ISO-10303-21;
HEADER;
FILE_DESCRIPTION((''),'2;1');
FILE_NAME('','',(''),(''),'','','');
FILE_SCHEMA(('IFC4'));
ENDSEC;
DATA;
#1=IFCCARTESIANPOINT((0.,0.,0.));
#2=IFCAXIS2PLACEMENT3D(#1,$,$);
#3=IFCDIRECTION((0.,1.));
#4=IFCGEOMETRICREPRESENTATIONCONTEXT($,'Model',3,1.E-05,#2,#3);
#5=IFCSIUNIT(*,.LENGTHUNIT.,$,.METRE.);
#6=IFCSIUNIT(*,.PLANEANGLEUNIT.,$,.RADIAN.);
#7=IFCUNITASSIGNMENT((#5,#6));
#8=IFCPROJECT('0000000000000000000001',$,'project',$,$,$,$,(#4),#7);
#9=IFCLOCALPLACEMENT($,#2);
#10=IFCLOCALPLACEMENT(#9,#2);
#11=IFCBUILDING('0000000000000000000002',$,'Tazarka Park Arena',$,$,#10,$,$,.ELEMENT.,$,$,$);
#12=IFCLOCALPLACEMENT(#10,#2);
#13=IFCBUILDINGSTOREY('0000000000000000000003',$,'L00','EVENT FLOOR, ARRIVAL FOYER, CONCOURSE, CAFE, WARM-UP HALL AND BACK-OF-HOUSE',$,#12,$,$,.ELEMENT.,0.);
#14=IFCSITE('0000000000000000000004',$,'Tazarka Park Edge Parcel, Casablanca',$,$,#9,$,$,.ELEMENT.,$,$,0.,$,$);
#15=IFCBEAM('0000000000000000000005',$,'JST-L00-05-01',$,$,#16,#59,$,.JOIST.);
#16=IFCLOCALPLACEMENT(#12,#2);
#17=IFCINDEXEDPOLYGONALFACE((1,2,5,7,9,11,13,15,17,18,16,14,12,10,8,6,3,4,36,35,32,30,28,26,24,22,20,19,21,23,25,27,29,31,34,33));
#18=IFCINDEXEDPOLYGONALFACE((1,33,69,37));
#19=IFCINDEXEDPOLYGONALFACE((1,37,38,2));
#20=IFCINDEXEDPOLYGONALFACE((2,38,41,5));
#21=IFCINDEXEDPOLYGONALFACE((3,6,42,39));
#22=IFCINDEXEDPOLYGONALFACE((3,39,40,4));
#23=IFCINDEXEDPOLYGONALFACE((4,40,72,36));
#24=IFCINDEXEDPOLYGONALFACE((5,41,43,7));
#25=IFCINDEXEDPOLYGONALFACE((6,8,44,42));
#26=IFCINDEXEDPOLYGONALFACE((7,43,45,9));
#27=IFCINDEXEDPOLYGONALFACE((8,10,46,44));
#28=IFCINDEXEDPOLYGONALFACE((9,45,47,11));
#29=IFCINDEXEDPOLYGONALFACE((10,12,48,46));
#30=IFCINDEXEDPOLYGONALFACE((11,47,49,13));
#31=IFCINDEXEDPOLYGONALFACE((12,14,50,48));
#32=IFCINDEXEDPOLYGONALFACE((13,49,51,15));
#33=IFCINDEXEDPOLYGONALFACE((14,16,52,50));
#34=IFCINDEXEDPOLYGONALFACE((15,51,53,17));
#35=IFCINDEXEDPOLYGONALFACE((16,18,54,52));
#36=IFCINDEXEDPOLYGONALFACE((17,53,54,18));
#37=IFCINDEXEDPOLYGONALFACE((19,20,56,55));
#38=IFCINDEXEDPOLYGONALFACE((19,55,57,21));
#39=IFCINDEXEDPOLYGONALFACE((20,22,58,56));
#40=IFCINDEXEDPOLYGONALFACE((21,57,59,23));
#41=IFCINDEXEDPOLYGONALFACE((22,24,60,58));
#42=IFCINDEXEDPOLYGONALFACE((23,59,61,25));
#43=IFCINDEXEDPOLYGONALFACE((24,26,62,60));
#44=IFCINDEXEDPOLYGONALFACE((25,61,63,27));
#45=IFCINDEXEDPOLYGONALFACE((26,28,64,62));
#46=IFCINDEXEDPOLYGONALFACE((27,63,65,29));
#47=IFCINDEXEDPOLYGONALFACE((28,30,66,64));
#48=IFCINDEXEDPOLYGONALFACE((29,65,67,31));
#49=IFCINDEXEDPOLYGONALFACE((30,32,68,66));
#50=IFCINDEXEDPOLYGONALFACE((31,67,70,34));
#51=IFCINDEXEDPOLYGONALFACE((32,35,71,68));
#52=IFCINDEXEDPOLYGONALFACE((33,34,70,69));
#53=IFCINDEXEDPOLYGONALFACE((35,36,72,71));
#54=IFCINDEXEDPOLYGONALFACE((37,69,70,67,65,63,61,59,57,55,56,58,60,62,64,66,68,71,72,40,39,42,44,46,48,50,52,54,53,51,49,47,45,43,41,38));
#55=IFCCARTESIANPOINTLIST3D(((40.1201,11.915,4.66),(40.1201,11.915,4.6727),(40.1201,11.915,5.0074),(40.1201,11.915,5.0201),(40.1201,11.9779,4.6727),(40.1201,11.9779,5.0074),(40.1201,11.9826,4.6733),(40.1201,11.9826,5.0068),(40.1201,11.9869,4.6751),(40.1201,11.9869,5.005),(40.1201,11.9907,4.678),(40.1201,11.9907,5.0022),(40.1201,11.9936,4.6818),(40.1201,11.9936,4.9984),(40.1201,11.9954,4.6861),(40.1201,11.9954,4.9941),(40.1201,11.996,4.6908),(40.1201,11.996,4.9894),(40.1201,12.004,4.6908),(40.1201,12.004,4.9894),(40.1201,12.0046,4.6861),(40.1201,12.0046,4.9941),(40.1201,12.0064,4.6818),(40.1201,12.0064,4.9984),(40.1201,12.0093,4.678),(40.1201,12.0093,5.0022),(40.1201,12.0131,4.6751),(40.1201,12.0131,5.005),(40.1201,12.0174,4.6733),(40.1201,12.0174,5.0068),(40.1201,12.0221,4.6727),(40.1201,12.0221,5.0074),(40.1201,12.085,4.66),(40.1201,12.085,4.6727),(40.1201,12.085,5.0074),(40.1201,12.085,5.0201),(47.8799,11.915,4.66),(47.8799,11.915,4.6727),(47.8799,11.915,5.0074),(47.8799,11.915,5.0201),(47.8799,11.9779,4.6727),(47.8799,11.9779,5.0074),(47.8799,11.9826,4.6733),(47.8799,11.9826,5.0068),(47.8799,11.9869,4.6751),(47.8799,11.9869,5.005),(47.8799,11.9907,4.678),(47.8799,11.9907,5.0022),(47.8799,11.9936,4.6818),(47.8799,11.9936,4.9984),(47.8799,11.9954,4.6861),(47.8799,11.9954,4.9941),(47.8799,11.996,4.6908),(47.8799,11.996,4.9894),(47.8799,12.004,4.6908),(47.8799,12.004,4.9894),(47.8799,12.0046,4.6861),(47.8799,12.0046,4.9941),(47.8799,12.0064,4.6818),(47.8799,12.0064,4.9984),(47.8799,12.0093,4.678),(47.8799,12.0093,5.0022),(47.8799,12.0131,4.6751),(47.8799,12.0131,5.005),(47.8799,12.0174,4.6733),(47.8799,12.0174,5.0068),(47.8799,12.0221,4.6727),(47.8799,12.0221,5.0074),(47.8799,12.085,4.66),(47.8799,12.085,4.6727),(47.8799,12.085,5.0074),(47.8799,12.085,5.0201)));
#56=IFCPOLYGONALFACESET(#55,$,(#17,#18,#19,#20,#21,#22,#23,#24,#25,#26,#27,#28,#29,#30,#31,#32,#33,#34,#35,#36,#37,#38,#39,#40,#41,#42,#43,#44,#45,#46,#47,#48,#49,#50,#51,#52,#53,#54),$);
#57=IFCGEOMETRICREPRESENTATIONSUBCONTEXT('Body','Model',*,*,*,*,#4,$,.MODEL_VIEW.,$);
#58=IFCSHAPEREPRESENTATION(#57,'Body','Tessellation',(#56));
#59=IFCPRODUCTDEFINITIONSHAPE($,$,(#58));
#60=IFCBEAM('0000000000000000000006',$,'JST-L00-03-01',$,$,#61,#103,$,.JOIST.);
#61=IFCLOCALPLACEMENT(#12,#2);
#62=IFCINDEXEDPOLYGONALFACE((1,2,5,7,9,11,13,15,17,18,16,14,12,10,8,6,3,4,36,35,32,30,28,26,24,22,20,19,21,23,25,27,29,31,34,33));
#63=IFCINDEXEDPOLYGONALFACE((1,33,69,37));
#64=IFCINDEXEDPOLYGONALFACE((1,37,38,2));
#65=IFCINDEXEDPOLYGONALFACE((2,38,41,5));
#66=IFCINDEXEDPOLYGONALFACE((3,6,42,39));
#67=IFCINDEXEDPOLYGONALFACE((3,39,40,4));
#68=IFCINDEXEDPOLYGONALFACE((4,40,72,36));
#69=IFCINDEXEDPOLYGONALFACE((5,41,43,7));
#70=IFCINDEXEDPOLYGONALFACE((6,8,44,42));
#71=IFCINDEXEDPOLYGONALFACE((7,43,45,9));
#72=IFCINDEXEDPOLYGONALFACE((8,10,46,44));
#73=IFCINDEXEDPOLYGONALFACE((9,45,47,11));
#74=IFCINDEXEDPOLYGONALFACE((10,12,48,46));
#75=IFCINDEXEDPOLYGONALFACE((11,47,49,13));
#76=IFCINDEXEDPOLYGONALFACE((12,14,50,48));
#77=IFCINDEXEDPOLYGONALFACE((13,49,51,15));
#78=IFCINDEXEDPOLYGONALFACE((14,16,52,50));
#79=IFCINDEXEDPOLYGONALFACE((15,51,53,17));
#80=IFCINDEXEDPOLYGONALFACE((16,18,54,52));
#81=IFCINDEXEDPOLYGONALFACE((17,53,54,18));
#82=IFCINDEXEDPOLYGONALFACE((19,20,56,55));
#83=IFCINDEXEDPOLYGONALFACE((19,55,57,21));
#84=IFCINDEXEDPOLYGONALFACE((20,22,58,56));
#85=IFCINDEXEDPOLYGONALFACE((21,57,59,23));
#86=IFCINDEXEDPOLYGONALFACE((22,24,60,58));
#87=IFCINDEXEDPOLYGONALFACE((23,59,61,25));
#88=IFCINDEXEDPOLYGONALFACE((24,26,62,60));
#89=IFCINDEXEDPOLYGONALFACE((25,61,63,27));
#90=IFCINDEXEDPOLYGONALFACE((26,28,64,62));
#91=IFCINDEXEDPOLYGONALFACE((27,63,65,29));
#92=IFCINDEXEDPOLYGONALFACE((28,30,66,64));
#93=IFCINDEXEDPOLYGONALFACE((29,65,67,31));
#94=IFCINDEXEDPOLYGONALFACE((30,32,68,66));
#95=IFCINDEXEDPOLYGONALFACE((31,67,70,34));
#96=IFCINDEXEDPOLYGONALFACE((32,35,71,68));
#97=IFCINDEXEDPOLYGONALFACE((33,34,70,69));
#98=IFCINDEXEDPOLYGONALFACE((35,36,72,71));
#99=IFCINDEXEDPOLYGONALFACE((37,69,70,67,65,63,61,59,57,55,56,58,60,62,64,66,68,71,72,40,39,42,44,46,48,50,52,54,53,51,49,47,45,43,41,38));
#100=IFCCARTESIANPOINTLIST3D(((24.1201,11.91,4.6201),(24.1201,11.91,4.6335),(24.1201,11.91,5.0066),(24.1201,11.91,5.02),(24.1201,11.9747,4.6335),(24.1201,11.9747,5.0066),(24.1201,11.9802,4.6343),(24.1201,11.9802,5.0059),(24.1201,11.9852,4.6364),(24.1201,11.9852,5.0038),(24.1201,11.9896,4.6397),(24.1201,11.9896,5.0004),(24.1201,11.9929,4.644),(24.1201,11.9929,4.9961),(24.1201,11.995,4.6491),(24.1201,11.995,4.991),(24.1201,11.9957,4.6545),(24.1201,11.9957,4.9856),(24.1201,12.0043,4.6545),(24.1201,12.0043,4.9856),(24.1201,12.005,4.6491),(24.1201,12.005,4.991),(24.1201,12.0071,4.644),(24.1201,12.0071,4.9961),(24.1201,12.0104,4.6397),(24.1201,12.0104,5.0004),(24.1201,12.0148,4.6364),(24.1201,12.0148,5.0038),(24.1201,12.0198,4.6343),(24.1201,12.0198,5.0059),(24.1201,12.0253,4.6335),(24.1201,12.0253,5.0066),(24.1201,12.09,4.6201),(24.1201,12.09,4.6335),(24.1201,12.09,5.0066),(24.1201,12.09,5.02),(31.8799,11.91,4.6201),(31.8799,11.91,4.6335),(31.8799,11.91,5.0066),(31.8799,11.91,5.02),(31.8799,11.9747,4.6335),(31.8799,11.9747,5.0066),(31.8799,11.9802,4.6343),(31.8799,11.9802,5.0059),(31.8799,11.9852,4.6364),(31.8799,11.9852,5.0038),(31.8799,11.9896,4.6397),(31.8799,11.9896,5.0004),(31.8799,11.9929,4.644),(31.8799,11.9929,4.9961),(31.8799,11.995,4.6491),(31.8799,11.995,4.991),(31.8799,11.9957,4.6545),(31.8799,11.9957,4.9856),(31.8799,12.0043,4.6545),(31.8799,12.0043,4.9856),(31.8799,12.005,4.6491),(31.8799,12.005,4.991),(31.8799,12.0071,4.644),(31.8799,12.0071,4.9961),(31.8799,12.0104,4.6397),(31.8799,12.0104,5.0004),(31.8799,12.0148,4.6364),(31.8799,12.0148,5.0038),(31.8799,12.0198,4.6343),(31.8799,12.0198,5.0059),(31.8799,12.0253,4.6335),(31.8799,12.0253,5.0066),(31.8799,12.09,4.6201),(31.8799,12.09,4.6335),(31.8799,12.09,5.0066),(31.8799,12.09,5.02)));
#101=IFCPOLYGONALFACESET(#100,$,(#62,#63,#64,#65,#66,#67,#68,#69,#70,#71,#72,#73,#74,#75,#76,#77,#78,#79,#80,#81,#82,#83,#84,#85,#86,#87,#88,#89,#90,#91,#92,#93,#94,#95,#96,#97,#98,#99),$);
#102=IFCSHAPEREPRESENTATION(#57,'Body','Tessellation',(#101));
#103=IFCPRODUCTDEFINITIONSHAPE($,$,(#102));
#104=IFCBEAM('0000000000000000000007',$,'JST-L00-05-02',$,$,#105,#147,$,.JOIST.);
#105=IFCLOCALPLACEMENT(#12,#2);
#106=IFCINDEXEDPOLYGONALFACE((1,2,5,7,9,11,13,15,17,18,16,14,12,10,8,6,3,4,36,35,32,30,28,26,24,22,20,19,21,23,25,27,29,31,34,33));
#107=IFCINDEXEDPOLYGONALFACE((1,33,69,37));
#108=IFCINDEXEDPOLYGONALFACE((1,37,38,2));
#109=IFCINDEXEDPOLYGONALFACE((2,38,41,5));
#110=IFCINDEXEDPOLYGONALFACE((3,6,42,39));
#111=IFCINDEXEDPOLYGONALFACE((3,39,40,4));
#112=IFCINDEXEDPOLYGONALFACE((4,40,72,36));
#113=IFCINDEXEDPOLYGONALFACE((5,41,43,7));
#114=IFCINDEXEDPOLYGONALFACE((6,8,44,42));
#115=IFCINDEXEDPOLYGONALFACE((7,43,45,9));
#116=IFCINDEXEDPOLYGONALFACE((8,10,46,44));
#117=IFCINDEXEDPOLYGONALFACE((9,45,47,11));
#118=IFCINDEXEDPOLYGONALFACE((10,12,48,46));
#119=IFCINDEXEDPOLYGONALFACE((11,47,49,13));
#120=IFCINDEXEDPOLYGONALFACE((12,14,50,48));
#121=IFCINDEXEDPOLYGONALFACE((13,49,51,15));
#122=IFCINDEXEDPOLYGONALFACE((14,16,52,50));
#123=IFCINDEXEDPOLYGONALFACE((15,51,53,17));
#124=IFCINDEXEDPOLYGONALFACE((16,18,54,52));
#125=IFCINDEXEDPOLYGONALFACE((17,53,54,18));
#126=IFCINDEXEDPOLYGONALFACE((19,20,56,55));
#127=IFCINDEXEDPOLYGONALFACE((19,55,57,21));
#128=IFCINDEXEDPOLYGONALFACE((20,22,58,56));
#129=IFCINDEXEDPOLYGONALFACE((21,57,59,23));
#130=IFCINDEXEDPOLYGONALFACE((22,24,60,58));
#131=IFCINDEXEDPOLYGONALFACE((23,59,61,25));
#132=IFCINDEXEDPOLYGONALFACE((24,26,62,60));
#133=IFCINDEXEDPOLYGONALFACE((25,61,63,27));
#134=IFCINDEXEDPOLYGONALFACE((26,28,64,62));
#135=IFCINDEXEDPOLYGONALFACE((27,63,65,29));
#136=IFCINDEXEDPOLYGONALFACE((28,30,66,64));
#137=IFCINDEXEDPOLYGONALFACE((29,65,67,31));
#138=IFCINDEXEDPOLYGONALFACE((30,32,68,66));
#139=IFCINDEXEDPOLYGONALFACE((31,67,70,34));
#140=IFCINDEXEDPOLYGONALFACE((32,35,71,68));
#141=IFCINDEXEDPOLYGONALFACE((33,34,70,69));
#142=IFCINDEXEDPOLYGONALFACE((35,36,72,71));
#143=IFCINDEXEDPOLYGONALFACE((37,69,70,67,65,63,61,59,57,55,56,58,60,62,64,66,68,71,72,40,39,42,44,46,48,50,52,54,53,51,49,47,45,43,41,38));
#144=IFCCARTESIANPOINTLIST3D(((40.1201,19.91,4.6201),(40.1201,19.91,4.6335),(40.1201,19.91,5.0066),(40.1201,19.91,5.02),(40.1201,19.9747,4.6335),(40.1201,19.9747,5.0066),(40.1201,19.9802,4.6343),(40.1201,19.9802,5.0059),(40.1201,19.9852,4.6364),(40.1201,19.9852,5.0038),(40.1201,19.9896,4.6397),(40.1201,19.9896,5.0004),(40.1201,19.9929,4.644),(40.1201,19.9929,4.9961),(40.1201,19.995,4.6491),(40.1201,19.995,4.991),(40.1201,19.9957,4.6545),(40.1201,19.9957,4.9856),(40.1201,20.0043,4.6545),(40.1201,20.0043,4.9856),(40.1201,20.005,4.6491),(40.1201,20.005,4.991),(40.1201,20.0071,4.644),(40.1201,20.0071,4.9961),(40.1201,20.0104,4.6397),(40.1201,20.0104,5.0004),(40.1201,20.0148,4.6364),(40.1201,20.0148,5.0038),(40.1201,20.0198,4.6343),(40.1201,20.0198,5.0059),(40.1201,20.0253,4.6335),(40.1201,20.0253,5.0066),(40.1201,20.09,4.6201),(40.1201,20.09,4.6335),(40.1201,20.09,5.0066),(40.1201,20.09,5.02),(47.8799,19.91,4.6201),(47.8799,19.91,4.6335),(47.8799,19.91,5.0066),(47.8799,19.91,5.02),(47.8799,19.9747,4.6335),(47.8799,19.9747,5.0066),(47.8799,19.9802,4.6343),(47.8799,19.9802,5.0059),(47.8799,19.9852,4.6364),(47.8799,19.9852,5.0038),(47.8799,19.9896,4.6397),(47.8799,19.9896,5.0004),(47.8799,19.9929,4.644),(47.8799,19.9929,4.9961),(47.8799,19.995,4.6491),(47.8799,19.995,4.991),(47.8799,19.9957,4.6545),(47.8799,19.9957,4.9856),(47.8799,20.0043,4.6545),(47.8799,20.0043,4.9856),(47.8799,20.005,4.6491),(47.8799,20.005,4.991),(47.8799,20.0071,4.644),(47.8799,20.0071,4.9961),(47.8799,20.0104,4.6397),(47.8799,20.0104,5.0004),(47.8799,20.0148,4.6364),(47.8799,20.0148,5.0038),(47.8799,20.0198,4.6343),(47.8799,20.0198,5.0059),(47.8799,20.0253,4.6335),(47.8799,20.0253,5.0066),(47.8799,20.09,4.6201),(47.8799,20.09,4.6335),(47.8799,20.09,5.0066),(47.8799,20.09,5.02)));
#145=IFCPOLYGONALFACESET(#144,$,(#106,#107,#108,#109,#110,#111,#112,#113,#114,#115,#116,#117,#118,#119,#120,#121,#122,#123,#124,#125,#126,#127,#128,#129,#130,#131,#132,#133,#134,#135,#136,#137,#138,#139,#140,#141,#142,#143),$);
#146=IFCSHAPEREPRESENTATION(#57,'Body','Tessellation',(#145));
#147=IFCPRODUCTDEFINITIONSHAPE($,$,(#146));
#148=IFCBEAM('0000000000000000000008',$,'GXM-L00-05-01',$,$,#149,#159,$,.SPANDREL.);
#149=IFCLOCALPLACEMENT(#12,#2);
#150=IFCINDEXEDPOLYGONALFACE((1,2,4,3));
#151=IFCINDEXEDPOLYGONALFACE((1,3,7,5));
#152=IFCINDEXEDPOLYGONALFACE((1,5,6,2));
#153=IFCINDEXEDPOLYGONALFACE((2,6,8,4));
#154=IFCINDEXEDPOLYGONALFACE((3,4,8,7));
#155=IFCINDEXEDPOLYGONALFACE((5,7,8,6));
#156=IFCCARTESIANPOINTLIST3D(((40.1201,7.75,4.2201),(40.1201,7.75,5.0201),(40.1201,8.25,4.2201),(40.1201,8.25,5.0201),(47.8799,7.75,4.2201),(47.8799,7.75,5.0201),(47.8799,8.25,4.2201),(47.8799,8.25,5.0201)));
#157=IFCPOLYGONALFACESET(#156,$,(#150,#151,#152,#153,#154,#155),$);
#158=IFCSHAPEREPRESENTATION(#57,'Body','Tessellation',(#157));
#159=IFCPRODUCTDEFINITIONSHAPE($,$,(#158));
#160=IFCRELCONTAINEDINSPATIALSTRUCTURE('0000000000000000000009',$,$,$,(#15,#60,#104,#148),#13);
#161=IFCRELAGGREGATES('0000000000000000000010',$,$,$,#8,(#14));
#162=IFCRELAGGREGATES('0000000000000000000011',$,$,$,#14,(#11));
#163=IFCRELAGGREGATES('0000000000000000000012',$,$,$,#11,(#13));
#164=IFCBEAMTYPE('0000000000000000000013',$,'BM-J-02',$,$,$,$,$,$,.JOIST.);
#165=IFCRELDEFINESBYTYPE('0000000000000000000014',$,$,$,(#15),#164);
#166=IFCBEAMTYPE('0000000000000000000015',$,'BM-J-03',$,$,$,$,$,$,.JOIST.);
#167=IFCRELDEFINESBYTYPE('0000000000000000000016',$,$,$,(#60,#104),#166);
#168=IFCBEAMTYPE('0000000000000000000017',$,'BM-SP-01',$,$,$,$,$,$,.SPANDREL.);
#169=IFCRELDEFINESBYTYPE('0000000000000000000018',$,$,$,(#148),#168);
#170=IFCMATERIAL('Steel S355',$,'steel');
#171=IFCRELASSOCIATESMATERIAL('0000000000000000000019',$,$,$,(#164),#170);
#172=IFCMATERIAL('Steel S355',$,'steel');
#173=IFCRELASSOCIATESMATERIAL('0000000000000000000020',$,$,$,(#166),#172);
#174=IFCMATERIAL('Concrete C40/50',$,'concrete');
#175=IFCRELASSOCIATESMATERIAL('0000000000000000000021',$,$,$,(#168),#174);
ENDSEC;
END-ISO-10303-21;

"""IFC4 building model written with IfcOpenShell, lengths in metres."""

from ifc_helpers import new_model, si_unit, direction, frame, origin, origin_2d, place, context, subcontext, project, spatial, rectangle, i_section, extrude, material, material_profile, profile_set, type_object, element, save


model = new_model("IFC4")

# Units and contexts
model_context = context("Model", 3, precision=1e-05, world=origin(), true_north=direction((0.0, 1.0)))
body_context = subcontext(model_context, "Body", "Model", "MODEL_VIEW")
ifc_project = project(units=[si_unit("LENGTHUNIT", "METRE"), si_unit("PLANEANGLEUNIT", "RADIAN")], contexts=[model_context])

# Site, building, storey
site_placement = place(None, origin())
site = spatial("IfcSite", under=ifc_project, at=site_placement, Name="Tazarka Park Edge Parcel, Casablanca", CompositionType="ELEMENT", RefElevation=0.0)
building_placement = place(site_placement, origin())
building = spatial("IfcBuilding", under=site, at=building_placement, Name="Tazarka Park Arena", CompositionType="ELEMENT")
storey_placement = place(building_placement, origin())
storey = spatial("IfcBuildingStorey", under=building, at=storey_placement, Name="L00", Description="EVENT FLOOR, ARRIVAL FOYER, CONCOURSE, CAFE, WARM-UP HALL AND BACK-OF-HOUSE", CompositionType="ELEMENT", Elevation=0.0)

# Beams
ifc_material_1 = material(Name="Steel S355", Category="steel")
ifc_material_profile_1 = material_profile(ifc_material_1, i_section(OverallWidth=0.1699, OverallDepth=0.3601, WebThickness=0.0081, FlangeThickness=0.0127, FilletRadius=0.0181, at=origin_2d()), Name="Steel S355")
ifc_profile_set_1 = profile_set([ifc_material_profile_1], Name="Steel S355")
beam_type_1 = type_object("IfcBeamType", Name="BM-J-02", PredefinedType="JOIST", material=ifc_profile_set_1)
for number, where, z_axis, x_axis, name in (
    (1, (40.1201, 12.0, 4.8401), (1.0, 0.0, 0.0), (0.0, 1.0, 0.0), "JST-L00-05-01"),
):
    element("IfcBeam", number, at=place(storey_placement, frame(where, z_axis=z_axis, x_axis=x_axis)), inside=storey, type_object=beam_type_1, Name=name, PredefinedType="JOIST", context=body_context, shape_type="SweptSolid", body=[
        extrude(i_section(OverallWidth=0.1699, OverallDepth=0.3601, WebThickness=0.0081, FlangeThickness=0.0127, FilletRadius=0.0181, at=origin_2d()), origin(), (0.0, 0.0, 1.0), 7.7598),
    ])
ifc_material_2 = material(Name="Steel S355", Category="steel")
ifc_material_profile_2 = material_profile(ifc_material_2, i_section(OverallWidth=0.1799, OverallDepth=0.3999, WebThickness=0.0085, FlangeThickness=0.0134, FilletRadius=0.021, at=origin_2d()), Name="Steel S355")
ifc_profile_set_2 = profile_set([ifc_material_profile_2], Name="Steel S355")
beam_type_2 = type_object("IfcBeamType", Name="BM-J-03", PredefinedType="JOIST", material=ifc_profile_set_2)
for number, where, z_axis, x_axis, name in (
    (2, (24.1201, 12.0, 4.8201), (1.0, 0.0, 0.0), (0.0, 1.0, 0.0), "JST-L00-03-01"),
    (3, (40.1201, 20.0, 4.8201), (1.0, 0.0, 0.0), (0.0, 1.0, 0.0), "JST-L00-05-02"),
):
    element("IfcBeam", number, at=place(storey_placement, frame(where, z_axis=z_axis, x_axis=x_axis)), inside=storey, type_object=beam_type_2, Name=name, PredefinedType="JOIST", context=body_context, shape_type="SweptSolid", body=[
        extrude(i_section(OverallWidth=0.1799, OverallDepth=0.3999, WebThickness=0.0085, FlangeThickness=0.0134, FilletRadius=0.021, at=origin_2d()), origin(), (0.0, 0.0, 1.0), 7.7598),
    ])
ifc_material_3 = material(Name="Concrete C40/50", Category="concrete")
ifc_material_profile_3 = material_profile(ifc_material_3, rectangle(XDim=0.5, YDim=0.8, at=origin_2d()), Name="Concrete C40/50")
ifc_profile_set_3 = profile_set([ifc_material_profile_3], Name="Concrete C40/50")
beam_type_3 = type_object("IfcBeamType", Name="BM-SP-01", PredefinedType="SPANDREL", material=ifc_profile_set_3)
beam_placement = place(storey_placement, frame((40.1201, 8.0, 4.6201), z_axis=(1.0, 0.0, 0.0), x_axis=(0.0, 1.0, 0.0)))
element("IfcBeam", 4, at=beam_placement, inside=storey, type_object=beam_type_3, Name="GXM-L00-05-01", PredefinedType="SPANDREL", context=body_context, shape_type="SweptSolid", body=[
    extrude(rectangle(XDim=0.5, YDim=0.8, at=origin_2d()), origin(), (0.0, 0.0, 1.0), 7.7598),
])

save(model, "model.ifc")
